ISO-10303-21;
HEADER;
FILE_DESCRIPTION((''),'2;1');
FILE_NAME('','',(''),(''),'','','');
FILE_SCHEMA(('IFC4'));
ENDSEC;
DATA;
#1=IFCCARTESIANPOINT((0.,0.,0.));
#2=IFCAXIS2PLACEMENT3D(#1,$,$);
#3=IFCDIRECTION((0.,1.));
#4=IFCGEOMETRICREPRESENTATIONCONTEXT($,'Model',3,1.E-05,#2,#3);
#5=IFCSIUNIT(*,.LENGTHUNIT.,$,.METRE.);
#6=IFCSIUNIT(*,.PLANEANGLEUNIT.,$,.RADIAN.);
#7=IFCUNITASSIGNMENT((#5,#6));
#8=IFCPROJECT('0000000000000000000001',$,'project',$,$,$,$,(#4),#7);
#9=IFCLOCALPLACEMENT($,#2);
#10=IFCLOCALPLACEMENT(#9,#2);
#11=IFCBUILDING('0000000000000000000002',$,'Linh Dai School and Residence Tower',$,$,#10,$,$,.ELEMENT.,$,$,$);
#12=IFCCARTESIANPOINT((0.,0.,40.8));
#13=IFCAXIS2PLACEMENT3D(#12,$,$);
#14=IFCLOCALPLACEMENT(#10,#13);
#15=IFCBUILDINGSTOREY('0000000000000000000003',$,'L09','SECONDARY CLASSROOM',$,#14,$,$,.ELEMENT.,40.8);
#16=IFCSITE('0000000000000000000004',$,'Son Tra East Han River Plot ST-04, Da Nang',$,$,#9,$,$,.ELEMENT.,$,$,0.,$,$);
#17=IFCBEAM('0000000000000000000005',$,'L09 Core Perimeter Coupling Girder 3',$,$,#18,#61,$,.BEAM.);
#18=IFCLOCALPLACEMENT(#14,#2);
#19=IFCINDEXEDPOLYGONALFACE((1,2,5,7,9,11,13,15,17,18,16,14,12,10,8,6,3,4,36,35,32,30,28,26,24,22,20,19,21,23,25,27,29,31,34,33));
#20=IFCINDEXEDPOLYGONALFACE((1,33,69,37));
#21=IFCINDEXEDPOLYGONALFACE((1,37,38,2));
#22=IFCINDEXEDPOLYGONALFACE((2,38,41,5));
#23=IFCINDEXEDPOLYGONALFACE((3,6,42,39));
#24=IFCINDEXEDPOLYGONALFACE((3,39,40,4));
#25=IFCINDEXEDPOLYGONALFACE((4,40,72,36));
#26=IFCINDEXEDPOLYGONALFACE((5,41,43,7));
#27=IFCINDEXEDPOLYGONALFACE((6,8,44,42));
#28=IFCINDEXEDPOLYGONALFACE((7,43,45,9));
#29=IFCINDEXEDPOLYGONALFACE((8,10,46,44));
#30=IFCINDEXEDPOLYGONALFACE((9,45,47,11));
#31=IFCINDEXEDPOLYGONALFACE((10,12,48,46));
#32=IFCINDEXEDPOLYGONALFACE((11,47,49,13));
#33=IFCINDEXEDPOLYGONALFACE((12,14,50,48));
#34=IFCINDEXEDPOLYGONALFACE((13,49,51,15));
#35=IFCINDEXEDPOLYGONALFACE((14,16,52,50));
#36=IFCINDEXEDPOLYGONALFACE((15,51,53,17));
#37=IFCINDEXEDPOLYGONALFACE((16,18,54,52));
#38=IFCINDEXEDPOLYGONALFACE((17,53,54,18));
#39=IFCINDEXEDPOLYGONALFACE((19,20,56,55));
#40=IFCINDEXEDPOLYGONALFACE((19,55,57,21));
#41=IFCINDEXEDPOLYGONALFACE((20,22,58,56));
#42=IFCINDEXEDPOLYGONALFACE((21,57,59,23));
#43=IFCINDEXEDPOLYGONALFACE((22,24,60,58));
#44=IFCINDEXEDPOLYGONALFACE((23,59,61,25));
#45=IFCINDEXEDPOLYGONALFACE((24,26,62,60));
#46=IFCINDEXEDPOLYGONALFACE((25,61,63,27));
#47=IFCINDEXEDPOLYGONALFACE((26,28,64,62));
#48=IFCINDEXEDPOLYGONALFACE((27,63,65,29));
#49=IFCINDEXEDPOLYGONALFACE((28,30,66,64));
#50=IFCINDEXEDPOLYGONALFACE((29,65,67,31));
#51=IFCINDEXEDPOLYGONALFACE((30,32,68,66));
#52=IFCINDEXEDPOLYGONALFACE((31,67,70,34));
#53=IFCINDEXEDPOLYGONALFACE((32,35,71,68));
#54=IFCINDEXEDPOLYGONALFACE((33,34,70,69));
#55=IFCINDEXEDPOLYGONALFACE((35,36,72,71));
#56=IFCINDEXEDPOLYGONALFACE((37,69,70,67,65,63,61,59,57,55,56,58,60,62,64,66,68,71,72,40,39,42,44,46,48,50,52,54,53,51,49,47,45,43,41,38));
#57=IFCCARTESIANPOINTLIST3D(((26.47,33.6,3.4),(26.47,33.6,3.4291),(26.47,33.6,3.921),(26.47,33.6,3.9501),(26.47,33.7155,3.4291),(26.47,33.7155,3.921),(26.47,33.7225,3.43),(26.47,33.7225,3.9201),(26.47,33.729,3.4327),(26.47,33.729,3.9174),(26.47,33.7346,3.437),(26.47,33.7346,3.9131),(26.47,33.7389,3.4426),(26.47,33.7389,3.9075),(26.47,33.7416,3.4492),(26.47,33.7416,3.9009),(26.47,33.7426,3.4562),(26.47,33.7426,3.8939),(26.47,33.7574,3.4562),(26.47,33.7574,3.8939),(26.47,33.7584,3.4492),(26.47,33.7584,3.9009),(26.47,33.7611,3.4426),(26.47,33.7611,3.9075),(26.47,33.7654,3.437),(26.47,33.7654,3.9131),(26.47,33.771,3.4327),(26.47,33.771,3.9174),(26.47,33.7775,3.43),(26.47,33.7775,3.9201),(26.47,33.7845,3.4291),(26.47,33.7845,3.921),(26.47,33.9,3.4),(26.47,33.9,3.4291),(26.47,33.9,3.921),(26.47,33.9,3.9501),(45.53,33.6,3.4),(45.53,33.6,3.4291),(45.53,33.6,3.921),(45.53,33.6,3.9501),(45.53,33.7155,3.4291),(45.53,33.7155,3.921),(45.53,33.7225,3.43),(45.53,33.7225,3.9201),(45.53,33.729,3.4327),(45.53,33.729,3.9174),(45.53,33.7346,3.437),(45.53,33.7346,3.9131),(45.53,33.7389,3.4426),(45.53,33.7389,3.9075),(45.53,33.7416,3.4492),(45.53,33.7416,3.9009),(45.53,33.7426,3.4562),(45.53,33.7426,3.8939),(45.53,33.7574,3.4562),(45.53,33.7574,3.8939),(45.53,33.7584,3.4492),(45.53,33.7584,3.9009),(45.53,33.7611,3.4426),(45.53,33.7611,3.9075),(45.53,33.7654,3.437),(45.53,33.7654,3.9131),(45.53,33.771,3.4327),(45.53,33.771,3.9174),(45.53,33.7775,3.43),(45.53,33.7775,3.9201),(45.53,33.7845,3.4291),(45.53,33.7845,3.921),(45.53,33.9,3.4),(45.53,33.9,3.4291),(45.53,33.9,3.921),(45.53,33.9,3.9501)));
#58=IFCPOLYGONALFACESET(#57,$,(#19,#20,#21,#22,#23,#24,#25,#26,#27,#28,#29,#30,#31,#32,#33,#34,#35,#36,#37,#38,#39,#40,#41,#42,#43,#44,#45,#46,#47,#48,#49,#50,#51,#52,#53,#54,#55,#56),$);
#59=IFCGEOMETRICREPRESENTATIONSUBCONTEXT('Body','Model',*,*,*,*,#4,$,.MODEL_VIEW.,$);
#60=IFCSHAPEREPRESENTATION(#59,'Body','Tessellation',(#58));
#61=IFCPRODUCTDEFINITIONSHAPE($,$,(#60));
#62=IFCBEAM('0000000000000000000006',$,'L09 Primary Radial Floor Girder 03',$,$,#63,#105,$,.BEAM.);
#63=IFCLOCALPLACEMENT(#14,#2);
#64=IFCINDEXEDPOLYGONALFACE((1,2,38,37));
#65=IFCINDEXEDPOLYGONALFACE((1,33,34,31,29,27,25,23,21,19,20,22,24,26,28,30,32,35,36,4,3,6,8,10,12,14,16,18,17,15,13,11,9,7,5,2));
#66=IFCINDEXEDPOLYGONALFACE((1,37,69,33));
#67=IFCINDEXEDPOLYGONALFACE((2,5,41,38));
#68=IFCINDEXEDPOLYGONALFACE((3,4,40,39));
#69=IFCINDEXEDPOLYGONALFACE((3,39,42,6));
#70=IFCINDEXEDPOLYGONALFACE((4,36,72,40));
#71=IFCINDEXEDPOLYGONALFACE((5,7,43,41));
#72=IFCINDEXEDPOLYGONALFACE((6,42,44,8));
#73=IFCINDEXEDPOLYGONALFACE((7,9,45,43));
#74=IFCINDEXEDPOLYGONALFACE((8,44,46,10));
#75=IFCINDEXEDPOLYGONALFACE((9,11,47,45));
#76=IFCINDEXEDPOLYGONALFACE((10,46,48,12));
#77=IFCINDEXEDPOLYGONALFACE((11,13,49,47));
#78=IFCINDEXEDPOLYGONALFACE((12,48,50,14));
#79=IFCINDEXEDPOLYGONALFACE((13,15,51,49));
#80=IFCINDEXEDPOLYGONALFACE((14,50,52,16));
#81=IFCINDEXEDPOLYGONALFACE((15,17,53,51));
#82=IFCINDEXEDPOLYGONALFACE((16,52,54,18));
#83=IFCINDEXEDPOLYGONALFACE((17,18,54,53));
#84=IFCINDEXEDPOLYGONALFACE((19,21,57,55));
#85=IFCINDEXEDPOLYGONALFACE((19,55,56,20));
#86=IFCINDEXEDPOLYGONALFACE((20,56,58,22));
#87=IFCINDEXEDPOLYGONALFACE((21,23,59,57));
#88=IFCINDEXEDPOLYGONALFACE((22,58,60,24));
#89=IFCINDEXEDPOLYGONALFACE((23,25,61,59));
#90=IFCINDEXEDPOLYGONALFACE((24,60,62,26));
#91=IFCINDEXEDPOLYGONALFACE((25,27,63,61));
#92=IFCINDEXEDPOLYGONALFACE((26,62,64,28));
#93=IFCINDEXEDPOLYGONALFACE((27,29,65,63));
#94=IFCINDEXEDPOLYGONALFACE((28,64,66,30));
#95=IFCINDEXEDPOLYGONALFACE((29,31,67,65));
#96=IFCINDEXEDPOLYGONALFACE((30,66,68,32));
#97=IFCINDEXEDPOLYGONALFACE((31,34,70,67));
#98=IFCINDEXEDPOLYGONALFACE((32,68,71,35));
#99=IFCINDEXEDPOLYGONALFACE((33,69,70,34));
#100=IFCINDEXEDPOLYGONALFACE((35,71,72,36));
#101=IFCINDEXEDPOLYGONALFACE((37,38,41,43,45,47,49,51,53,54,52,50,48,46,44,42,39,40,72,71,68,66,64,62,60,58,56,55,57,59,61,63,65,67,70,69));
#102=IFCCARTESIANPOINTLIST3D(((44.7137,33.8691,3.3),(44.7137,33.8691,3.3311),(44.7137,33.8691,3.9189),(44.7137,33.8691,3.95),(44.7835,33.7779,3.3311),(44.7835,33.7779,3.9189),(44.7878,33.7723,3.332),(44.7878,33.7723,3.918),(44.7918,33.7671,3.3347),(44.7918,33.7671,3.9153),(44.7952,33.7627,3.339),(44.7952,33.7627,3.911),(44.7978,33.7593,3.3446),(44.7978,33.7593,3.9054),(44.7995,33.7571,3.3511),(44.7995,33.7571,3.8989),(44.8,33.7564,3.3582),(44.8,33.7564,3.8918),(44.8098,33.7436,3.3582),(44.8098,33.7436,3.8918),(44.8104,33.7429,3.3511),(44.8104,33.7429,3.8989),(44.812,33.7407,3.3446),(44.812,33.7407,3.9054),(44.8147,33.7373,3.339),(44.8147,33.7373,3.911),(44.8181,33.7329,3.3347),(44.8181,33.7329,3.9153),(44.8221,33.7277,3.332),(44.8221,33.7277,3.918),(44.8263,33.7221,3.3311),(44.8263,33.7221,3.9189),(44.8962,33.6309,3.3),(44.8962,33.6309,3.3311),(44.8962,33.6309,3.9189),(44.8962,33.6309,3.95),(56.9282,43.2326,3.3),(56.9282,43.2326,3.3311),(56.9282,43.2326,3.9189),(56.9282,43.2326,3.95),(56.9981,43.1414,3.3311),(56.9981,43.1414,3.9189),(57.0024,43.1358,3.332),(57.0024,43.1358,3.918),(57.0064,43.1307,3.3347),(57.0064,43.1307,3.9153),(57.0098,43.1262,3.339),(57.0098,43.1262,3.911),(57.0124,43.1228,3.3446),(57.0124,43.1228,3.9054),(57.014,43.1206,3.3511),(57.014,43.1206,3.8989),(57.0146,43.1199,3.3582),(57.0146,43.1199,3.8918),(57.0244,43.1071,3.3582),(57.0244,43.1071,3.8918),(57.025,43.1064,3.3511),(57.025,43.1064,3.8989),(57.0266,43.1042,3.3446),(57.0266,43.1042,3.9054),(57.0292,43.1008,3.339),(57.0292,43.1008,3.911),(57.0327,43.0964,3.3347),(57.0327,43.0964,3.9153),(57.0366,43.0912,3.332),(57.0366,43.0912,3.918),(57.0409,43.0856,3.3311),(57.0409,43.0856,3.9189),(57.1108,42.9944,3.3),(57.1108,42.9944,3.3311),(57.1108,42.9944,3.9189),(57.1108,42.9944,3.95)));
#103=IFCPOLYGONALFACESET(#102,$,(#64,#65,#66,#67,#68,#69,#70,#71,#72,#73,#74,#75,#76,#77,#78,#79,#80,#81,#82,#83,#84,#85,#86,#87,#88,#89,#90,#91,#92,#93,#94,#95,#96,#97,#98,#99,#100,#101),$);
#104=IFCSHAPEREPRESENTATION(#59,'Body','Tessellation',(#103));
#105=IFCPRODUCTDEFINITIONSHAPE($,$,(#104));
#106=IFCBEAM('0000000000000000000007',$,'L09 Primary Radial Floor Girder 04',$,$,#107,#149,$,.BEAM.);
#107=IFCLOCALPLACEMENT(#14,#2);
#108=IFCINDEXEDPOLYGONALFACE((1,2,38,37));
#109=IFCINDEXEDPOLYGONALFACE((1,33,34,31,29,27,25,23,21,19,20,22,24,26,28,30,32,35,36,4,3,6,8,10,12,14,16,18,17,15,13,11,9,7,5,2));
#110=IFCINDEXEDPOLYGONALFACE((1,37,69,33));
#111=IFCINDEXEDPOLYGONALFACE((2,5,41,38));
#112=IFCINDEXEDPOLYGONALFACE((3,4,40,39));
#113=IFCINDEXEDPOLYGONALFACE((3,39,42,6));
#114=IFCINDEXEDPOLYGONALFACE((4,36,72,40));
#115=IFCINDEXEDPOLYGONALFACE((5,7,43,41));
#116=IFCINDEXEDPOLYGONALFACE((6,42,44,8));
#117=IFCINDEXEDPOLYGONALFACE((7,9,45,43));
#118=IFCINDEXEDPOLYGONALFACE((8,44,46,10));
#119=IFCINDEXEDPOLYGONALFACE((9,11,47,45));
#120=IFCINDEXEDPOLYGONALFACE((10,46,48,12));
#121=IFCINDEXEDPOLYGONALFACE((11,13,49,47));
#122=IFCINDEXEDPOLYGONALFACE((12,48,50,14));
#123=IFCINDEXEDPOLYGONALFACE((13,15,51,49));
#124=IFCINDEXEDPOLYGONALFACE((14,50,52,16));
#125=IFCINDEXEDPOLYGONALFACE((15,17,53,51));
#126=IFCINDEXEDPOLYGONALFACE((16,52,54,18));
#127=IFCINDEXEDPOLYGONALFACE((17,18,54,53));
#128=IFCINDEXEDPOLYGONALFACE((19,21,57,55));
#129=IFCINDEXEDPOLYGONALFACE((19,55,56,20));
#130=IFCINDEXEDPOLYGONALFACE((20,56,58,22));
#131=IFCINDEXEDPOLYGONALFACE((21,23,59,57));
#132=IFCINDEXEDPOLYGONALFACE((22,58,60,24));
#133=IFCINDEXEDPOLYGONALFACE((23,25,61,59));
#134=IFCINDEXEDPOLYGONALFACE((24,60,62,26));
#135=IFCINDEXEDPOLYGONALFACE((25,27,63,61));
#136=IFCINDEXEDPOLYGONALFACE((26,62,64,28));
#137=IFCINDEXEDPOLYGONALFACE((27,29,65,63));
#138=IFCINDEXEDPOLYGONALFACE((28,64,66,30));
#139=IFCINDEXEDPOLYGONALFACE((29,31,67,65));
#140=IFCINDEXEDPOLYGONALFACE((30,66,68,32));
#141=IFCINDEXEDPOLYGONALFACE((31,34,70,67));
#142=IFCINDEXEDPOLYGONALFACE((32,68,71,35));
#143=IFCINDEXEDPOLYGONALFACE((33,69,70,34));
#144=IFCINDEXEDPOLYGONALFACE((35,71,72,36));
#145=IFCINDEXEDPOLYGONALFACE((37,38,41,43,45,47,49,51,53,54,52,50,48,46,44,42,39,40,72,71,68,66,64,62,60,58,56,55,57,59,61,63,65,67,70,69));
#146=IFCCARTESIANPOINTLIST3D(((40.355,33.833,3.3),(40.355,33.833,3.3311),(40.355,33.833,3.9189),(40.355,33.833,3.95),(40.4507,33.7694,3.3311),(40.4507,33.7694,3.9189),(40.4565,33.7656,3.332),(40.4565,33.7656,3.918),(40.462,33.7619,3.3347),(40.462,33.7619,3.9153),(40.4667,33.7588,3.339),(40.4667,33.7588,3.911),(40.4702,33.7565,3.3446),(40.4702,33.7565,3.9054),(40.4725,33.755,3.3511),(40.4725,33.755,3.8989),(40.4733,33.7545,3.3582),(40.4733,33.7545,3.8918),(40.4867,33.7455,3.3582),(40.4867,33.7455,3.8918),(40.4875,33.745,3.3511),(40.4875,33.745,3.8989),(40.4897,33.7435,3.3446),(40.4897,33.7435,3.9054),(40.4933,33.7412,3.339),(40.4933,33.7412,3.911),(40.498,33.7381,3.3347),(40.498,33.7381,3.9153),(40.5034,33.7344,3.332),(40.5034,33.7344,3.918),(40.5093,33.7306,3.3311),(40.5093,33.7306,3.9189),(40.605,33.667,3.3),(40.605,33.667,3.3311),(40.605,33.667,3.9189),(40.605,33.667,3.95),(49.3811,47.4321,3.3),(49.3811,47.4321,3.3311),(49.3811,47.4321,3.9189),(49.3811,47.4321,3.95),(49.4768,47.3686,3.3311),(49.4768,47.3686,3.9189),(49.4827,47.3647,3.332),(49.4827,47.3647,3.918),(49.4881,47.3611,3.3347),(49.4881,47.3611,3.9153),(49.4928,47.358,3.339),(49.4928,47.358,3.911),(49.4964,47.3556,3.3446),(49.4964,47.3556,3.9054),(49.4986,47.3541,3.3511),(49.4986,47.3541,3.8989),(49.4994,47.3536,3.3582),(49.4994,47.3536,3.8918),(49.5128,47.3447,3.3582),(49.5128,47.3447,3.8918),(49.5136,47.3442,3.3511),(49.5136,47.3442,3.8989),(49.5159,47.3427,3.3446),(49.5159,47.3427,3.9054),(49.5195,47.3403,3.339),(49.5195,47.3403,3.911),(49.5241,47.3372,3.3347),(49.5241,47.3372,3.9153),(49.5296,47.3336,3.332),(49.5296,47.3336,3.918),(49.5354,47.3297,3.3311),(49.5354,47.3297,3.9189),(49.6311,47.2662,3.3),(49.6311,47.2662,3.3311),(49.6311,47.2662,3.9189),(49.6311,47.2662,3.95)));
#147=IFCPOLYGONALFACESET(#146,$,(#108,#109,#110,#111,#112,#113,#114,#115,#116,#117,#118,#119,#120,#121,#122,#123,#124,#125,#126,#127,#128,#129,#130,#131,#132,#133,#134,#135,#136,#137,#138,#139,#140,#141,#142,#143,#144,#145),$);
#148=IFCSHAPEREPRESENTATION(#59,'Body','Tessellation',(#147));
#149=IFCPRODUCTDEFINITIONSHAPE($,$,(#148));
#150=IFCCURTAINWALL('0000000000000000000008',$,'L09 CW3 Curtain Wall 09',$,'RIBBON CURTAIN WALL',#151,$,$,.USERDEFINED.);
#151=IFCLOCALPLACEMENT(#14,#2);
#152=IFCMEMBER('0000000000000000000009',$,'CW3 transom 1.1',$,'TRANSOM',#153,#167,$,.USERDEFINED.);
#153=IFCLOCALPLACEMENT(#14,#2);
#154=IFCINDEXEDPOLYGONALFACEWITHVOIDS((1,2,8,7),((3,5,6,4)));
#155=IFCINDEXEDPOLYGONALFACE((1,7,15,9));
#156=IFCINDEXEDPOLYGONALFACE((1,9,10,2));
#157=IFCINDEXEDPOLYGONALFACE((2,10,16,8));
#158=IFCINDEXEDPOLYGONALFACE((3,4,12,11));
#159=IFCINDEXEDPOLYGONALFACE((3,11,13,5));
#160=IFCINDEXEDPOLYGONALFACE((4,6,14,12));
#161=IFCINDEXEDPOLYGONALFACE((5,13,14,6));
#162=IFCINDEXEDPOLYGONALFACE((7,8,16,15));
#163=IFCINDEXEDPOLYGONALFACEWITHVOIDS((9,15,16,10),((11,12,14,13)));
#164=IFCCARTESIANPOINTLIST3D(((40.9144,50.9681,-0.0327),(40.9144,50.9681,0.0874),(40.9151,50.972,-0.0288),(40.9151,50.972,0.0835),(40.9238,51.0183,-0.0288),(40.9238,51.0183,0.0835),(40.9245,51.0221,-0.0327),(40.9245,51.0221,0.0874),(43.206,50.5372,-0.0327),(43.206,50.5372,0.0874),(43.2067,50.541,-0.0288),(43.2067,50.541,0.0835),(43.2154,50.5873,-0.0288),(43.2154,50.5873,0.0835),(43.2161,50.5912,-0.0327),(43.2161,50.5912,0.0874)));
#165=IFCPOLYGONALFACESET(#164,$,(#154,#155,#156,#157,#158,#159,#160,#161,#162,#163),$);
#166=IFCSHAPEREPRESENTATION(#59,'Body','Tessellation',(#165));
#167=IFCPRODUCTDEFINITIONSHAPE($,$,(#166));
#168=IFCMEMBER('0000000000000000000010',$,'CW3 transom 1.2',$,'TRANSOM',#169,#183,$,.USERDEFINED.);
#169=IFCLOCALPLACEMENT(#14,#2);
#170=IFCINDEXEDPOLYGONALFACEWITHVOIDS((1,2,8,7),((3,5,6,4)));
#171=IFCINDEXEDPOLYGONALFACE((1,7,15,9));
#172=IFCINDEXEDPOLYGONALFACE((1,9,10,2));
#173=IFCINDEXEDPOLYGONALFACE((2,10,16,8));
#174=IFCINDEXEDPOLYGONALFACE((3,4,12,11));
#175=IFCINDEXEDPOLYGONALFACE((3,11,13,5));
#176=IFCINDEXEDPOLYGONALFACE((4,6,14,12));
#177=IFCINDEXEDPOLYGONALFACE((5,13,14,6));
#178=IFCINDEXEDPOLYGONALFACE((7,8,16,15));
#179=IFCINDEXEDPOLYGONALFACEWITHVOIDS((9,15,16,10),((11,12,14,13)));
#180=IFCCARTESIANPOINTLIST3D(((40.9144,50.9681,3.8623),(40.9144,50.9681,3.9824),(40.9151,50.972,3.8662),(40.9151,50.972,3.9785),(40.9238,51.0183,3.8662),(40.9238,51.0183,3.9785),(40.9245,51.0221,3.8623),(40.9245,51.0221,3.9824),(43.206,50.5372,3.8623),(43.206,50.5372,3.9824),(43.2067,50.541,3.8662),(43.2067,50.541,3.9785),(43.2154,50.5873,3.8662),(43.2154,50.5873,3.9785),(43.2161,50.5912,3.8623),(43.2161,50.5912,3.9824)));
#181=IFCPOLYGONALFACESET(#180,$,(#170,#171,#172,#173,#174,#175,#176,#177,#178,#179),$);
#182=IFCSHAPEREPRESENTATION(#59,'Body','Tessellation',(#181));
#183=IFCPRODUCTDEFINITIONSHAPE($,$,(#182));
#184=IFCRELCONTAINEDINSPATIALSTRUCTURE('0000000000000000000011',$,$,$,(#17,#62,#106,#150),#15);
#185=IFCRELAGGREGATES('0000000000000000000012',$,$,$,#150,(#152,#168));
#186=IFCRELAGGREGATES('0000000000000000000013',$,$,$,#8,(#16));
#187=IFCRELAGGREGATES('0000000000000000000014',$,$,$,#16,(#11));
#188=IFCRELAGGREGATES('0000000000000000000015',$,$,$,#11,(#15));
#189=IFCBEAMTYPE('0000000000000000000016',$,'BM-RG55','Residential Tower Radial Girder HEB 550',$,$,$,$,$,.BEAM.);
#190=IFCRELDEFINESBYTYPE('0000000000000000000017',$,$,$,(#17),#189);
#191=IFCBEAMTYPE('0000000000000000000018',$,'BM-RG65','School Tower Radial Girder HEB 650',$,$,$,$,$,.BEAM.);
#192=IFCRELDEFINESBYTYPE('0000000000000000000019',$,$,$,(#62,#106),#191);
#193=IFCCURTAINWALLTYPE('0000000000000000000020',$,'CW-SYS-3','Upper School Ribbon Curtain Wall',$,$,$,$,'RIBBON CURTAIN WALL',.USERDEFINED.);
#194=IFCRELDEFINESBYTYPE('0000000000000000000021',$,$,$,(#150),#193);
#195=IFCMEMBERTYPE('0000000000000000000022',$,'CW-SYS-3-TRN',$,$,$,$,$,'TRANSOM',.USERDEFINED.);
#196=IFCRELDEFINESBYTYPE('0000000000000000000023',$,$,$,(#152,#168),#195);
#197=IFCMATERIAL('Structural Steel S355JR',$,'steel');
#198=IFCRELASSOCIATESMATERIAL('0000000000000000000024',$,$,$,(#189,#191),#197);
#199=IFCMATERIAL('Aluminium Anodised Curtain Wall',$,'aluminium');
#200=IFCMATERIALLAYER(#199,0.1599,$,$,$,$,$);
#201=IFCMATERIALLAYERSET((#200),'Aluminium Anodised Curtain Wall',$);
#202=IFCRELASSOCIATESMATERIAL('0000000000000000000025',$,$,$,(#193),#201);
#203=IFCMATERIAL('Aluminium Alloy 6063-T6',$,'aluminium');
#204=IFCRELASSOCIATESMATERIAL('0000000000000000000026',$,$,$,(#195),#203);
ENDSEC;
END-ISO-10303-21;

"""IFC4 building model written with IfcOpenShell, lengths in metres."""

from ifc_helpers import new_model, si_unit, direction, frame, origin, origin_2d, place, context, subcontext, project, spatial, hollow_rectangle, i_section, extrude, source, transform, mapped, material, layer, layer_set, material_profile, profile_set, type_object, element, aggregate, save


model = new_model("IFC4")

# Units and contexts
model_context = context("Model", 3, precision=1e-05, world=origin(), true_north=direction((0.0, 1.0)))
body_context = subcontext(model_context, "Body", "Model", "MODEL_VIEW")
ifc_project = project(units=[si_unit("LENGTHUNIT", "METRE"), si_unit("PLANEANGLEUNIT", "RADIAN")], contexts=[model_context])

# Site, building, storey
site_placement = place(None, origin())
site = spatial("IfcSite", under=ifc_project, at=site_placement, Name="Son Tra East Han River Plot ST-04, Da Nang", CompositionType="ELEMENT", RefElevation=0.0)
building_placement = place(site_placement, origin())
building = spatial("IfcBuilding", under=site, at=building_placement, Name="Linh Dai School and Residence Tower", CompositionType="ELEMENT")
storey_placement = place(building_placement, frame((0.0, 0.0, 40.8)))
storey = spatial("IfcBuildingStorey", under=building, at=storey_placement, Name="L09", Description="SECONDARY CLASSROOM", CompositionType="ELEMENT", Elevation=40.8)

# Beams
ifc_material_1 = material(Name="Structural Steel S355JR", Category="steel")
ifc_material_profile_1 = material_profile(ifc_material_1, i_section(OverallWidth=0.3, OverallDepth=0.55, WebThickness=0.0149, FlangeThickness=0.0291, FilletRadius=0.0271, at=origin_2d()), Name="HEB 550")
ifc_profile_set_1 = profile_set([ifc_material_profile_1], Name="Structural Steel S355JR")
beam_type_1 = type_object("IfcBeamType", Name="BM-RG55", Description="Residential Tower Radial Girder HEB 550", PredefinedType="BEAM", material=ifc_profile_set_1)
beam_1_placement = place(storey_placement, frame((45.53, 33.75, 3.675), z_axis=(-1.0, 0.0, 0.0), x_axis=(0.0, -1.0, 0.0)))
element("IfcBeam", 1, at=beam_1_placement, inside=storey, type_object=beam_type_1, Name="L09 Core Perimeter Coupling Girder 3", PredefinedType="BEAM", context=body_context, shape_type="SweptSolid", body=[
    extrude(i_section(OverallWidth=0.3, OverallDepth=0.55, WebThickness=0.0149, FlangeThickness=0.0291, FilletRadius=0.0271, at=origin_2d()), origin(), (0.0, 0.0, 1.0), 19.0601),
])
ifc_material_profile_2 = material_profile(ifc_material_1, i_section(OverallWidth=0.3, OverallDepth=0.6499, WebThickness=0.0161, FlangeThickness=0.031, FilletRadius=0.0271, at=origin_2d()), Name="HEB 650")
ifc_profile_set_2 = profile_set([ifc_material_profile_2], Name="Structural Steel S355JR")
beam_type_2 = type_object("IfcBeamType", Name="BM-RG65", Description="School Tower Radial Girder HEB 650", PredefinedType="BEAM", material=ifc_profile_set_2)
beam_2_placement = place(storey_placement, frame((44.8049, 33.75, 3.625), z_axis=(0.793638, 0.608391, 0.0), x_axis=(-0.608391, 0.793638, 0.0)))
element("IfcBeam", 2, at=beam_2_placement, inside=storey, type_object=beam_type_2, Name="L09 Primary Radial Floor Girder 03", PredefinedType="BEAM", context=body_context, shape_type="SweptSolid", body=[
    extrude(i_section(OverallWidth=0.3, OverallDepth=0.6499, WebThickness=0.0161, FlangeThickness=0.031, FilletRadius=0.0271, at=origin_2d()), origin(), (0.0, 0.0, 1.0), 15.3906),
])
beam_3_placement = place(storey_placement, frame((40.48, 33.75, 3.625), z_axis=(0.553004, 0.833178, 0.0), x_axis=(-0.833178, 0.553004, 0.0)))
element("IfcBeam", 3, at=beam_3_placement, inside=storey, type_object=beam_type_2, Name="L09 Primary Radial Floor Girder 04", PredefinedType="BEAM", context=body_context, shape_type="SweptSolid", body=[
    extrude(i_section(OverallWidth=0.3, OverallDepth=0.6499, WebThickness=0.0161, FlangeThickness=0.031, FilletRadius=0.0271, at=origin_2d()), origin(), (0.0, 0.0, 1.0), 16.322),
])

# Curtain wall, members
ifc_material_2 = material(Name="Aluminium Anodised Curtain Wall", Category="aluminium")
ifc_layer_1 = layer(ifc_material_2, 0.1599)
ifc_layer_set_1 = layer_set([ifc_layer_1], Name="Aluminium Anodised Curtain Wall")
curtain_wall_type = type_object("IfcCurtainWallType", Name="CW-SYS-3", Description="Upper School Ribbon Curtain Wall", ElementType="RIBBON CURTAIN WALL", PredefinedType="USERDEFINED", material=ifc_layer_set_1)
curtain_wall_placement = place(storey_placement, origin())
curtain_wall = element("IfcCurtainWall", 4, at=curtain_wall_placement, inside=storey, type_object=curtain_wall_type, Name="L09 CW3 Curtain Wall 09", ObjectType="RIBBON CURTAIN WALL", PredefinedType="USERDEFINED")
ifc_material_3 = material(Name="Aluminium Alloy 6063-T6", Category="aluminium")
ifc_material_profile_3 = material_profile(ifc_material_3, hollow_rectangle(XDim=0.0549, YDim=0.1201, WallThickness=0.0039, at=origin_2d()), Name="RHS 120x55x4")
ifc_profile_set_3 = profile_set([ifc_material_profile_3], Name="Aluminium Alloy 6063-T6")
member_type_1 = type_object("IfcMemberType", Name="CW-SYS-3-TRN", ElementType="TRANSOM", PredefinedType="USERDEFINED", material=ifc_profile_set_3)
shared_shape_1 = source(origin(), body_context, "Body", "SweptSolid", [
    extrude(hollow_rectangle(XDim=0.0549, YDim=0.1201, WallThickness=0.0039, at=origin_2d()), origin(), (0.0, 0.0, 1.0), 2.3318),
])
member_1_placement = place(storey_placement, frame((40.9194, 50.9951, 0.0273), z_axis=(0.982775, -0.184807, 0.0), x_axis=(0.184807, 0.982775, 0.0)))
member_1 = element("IfcMember", 5, at=member_1_placement, type_object=member_type_1, Name="CW3 transom 1.1", ObjectType="TRANSOM", PredefinedType="USERDEFINED", context=body_context, shape_type="MappedRepresentation", body=[
    mapped(shared_shape_1, transform((0.0, 0.0, 0.0), x_axis=(1.0, 0.0, 0.0), y_axis=(0.0, 1.0, 0.0), z_axis=(0.0, 0.0, 1.0), scale=1.0)),
])
member_2_placement = place(storey_placement, frame((40.9194, 50.9951, 3.9224), z_axis=(0.982775, -0.184807, 0.0), x_axis=(0.184807, 0.982775, 0.0)))
member_2 = element("IfcMember", 6, at=member_2_placement, type_object=member_type_1, Name="CW3 transom 1.2", ObjectType="TRANSOM", PredefinedType="USERDEFINED", context=body_context, shape_type="MappedRepresentation", body=[
    mapped(shared_shape_1, transform((0.0, 0.0, 0.0), x_axis=(1.0, 0.0, 0.0), y_axis=(0.0, 1.0, 0.0), z_axis=(0.0, 0.0, 1.0), scale=1.0)),
])

aggregate(curtain_wall, [member_1, member_2])

save(model, "model.ifc")
